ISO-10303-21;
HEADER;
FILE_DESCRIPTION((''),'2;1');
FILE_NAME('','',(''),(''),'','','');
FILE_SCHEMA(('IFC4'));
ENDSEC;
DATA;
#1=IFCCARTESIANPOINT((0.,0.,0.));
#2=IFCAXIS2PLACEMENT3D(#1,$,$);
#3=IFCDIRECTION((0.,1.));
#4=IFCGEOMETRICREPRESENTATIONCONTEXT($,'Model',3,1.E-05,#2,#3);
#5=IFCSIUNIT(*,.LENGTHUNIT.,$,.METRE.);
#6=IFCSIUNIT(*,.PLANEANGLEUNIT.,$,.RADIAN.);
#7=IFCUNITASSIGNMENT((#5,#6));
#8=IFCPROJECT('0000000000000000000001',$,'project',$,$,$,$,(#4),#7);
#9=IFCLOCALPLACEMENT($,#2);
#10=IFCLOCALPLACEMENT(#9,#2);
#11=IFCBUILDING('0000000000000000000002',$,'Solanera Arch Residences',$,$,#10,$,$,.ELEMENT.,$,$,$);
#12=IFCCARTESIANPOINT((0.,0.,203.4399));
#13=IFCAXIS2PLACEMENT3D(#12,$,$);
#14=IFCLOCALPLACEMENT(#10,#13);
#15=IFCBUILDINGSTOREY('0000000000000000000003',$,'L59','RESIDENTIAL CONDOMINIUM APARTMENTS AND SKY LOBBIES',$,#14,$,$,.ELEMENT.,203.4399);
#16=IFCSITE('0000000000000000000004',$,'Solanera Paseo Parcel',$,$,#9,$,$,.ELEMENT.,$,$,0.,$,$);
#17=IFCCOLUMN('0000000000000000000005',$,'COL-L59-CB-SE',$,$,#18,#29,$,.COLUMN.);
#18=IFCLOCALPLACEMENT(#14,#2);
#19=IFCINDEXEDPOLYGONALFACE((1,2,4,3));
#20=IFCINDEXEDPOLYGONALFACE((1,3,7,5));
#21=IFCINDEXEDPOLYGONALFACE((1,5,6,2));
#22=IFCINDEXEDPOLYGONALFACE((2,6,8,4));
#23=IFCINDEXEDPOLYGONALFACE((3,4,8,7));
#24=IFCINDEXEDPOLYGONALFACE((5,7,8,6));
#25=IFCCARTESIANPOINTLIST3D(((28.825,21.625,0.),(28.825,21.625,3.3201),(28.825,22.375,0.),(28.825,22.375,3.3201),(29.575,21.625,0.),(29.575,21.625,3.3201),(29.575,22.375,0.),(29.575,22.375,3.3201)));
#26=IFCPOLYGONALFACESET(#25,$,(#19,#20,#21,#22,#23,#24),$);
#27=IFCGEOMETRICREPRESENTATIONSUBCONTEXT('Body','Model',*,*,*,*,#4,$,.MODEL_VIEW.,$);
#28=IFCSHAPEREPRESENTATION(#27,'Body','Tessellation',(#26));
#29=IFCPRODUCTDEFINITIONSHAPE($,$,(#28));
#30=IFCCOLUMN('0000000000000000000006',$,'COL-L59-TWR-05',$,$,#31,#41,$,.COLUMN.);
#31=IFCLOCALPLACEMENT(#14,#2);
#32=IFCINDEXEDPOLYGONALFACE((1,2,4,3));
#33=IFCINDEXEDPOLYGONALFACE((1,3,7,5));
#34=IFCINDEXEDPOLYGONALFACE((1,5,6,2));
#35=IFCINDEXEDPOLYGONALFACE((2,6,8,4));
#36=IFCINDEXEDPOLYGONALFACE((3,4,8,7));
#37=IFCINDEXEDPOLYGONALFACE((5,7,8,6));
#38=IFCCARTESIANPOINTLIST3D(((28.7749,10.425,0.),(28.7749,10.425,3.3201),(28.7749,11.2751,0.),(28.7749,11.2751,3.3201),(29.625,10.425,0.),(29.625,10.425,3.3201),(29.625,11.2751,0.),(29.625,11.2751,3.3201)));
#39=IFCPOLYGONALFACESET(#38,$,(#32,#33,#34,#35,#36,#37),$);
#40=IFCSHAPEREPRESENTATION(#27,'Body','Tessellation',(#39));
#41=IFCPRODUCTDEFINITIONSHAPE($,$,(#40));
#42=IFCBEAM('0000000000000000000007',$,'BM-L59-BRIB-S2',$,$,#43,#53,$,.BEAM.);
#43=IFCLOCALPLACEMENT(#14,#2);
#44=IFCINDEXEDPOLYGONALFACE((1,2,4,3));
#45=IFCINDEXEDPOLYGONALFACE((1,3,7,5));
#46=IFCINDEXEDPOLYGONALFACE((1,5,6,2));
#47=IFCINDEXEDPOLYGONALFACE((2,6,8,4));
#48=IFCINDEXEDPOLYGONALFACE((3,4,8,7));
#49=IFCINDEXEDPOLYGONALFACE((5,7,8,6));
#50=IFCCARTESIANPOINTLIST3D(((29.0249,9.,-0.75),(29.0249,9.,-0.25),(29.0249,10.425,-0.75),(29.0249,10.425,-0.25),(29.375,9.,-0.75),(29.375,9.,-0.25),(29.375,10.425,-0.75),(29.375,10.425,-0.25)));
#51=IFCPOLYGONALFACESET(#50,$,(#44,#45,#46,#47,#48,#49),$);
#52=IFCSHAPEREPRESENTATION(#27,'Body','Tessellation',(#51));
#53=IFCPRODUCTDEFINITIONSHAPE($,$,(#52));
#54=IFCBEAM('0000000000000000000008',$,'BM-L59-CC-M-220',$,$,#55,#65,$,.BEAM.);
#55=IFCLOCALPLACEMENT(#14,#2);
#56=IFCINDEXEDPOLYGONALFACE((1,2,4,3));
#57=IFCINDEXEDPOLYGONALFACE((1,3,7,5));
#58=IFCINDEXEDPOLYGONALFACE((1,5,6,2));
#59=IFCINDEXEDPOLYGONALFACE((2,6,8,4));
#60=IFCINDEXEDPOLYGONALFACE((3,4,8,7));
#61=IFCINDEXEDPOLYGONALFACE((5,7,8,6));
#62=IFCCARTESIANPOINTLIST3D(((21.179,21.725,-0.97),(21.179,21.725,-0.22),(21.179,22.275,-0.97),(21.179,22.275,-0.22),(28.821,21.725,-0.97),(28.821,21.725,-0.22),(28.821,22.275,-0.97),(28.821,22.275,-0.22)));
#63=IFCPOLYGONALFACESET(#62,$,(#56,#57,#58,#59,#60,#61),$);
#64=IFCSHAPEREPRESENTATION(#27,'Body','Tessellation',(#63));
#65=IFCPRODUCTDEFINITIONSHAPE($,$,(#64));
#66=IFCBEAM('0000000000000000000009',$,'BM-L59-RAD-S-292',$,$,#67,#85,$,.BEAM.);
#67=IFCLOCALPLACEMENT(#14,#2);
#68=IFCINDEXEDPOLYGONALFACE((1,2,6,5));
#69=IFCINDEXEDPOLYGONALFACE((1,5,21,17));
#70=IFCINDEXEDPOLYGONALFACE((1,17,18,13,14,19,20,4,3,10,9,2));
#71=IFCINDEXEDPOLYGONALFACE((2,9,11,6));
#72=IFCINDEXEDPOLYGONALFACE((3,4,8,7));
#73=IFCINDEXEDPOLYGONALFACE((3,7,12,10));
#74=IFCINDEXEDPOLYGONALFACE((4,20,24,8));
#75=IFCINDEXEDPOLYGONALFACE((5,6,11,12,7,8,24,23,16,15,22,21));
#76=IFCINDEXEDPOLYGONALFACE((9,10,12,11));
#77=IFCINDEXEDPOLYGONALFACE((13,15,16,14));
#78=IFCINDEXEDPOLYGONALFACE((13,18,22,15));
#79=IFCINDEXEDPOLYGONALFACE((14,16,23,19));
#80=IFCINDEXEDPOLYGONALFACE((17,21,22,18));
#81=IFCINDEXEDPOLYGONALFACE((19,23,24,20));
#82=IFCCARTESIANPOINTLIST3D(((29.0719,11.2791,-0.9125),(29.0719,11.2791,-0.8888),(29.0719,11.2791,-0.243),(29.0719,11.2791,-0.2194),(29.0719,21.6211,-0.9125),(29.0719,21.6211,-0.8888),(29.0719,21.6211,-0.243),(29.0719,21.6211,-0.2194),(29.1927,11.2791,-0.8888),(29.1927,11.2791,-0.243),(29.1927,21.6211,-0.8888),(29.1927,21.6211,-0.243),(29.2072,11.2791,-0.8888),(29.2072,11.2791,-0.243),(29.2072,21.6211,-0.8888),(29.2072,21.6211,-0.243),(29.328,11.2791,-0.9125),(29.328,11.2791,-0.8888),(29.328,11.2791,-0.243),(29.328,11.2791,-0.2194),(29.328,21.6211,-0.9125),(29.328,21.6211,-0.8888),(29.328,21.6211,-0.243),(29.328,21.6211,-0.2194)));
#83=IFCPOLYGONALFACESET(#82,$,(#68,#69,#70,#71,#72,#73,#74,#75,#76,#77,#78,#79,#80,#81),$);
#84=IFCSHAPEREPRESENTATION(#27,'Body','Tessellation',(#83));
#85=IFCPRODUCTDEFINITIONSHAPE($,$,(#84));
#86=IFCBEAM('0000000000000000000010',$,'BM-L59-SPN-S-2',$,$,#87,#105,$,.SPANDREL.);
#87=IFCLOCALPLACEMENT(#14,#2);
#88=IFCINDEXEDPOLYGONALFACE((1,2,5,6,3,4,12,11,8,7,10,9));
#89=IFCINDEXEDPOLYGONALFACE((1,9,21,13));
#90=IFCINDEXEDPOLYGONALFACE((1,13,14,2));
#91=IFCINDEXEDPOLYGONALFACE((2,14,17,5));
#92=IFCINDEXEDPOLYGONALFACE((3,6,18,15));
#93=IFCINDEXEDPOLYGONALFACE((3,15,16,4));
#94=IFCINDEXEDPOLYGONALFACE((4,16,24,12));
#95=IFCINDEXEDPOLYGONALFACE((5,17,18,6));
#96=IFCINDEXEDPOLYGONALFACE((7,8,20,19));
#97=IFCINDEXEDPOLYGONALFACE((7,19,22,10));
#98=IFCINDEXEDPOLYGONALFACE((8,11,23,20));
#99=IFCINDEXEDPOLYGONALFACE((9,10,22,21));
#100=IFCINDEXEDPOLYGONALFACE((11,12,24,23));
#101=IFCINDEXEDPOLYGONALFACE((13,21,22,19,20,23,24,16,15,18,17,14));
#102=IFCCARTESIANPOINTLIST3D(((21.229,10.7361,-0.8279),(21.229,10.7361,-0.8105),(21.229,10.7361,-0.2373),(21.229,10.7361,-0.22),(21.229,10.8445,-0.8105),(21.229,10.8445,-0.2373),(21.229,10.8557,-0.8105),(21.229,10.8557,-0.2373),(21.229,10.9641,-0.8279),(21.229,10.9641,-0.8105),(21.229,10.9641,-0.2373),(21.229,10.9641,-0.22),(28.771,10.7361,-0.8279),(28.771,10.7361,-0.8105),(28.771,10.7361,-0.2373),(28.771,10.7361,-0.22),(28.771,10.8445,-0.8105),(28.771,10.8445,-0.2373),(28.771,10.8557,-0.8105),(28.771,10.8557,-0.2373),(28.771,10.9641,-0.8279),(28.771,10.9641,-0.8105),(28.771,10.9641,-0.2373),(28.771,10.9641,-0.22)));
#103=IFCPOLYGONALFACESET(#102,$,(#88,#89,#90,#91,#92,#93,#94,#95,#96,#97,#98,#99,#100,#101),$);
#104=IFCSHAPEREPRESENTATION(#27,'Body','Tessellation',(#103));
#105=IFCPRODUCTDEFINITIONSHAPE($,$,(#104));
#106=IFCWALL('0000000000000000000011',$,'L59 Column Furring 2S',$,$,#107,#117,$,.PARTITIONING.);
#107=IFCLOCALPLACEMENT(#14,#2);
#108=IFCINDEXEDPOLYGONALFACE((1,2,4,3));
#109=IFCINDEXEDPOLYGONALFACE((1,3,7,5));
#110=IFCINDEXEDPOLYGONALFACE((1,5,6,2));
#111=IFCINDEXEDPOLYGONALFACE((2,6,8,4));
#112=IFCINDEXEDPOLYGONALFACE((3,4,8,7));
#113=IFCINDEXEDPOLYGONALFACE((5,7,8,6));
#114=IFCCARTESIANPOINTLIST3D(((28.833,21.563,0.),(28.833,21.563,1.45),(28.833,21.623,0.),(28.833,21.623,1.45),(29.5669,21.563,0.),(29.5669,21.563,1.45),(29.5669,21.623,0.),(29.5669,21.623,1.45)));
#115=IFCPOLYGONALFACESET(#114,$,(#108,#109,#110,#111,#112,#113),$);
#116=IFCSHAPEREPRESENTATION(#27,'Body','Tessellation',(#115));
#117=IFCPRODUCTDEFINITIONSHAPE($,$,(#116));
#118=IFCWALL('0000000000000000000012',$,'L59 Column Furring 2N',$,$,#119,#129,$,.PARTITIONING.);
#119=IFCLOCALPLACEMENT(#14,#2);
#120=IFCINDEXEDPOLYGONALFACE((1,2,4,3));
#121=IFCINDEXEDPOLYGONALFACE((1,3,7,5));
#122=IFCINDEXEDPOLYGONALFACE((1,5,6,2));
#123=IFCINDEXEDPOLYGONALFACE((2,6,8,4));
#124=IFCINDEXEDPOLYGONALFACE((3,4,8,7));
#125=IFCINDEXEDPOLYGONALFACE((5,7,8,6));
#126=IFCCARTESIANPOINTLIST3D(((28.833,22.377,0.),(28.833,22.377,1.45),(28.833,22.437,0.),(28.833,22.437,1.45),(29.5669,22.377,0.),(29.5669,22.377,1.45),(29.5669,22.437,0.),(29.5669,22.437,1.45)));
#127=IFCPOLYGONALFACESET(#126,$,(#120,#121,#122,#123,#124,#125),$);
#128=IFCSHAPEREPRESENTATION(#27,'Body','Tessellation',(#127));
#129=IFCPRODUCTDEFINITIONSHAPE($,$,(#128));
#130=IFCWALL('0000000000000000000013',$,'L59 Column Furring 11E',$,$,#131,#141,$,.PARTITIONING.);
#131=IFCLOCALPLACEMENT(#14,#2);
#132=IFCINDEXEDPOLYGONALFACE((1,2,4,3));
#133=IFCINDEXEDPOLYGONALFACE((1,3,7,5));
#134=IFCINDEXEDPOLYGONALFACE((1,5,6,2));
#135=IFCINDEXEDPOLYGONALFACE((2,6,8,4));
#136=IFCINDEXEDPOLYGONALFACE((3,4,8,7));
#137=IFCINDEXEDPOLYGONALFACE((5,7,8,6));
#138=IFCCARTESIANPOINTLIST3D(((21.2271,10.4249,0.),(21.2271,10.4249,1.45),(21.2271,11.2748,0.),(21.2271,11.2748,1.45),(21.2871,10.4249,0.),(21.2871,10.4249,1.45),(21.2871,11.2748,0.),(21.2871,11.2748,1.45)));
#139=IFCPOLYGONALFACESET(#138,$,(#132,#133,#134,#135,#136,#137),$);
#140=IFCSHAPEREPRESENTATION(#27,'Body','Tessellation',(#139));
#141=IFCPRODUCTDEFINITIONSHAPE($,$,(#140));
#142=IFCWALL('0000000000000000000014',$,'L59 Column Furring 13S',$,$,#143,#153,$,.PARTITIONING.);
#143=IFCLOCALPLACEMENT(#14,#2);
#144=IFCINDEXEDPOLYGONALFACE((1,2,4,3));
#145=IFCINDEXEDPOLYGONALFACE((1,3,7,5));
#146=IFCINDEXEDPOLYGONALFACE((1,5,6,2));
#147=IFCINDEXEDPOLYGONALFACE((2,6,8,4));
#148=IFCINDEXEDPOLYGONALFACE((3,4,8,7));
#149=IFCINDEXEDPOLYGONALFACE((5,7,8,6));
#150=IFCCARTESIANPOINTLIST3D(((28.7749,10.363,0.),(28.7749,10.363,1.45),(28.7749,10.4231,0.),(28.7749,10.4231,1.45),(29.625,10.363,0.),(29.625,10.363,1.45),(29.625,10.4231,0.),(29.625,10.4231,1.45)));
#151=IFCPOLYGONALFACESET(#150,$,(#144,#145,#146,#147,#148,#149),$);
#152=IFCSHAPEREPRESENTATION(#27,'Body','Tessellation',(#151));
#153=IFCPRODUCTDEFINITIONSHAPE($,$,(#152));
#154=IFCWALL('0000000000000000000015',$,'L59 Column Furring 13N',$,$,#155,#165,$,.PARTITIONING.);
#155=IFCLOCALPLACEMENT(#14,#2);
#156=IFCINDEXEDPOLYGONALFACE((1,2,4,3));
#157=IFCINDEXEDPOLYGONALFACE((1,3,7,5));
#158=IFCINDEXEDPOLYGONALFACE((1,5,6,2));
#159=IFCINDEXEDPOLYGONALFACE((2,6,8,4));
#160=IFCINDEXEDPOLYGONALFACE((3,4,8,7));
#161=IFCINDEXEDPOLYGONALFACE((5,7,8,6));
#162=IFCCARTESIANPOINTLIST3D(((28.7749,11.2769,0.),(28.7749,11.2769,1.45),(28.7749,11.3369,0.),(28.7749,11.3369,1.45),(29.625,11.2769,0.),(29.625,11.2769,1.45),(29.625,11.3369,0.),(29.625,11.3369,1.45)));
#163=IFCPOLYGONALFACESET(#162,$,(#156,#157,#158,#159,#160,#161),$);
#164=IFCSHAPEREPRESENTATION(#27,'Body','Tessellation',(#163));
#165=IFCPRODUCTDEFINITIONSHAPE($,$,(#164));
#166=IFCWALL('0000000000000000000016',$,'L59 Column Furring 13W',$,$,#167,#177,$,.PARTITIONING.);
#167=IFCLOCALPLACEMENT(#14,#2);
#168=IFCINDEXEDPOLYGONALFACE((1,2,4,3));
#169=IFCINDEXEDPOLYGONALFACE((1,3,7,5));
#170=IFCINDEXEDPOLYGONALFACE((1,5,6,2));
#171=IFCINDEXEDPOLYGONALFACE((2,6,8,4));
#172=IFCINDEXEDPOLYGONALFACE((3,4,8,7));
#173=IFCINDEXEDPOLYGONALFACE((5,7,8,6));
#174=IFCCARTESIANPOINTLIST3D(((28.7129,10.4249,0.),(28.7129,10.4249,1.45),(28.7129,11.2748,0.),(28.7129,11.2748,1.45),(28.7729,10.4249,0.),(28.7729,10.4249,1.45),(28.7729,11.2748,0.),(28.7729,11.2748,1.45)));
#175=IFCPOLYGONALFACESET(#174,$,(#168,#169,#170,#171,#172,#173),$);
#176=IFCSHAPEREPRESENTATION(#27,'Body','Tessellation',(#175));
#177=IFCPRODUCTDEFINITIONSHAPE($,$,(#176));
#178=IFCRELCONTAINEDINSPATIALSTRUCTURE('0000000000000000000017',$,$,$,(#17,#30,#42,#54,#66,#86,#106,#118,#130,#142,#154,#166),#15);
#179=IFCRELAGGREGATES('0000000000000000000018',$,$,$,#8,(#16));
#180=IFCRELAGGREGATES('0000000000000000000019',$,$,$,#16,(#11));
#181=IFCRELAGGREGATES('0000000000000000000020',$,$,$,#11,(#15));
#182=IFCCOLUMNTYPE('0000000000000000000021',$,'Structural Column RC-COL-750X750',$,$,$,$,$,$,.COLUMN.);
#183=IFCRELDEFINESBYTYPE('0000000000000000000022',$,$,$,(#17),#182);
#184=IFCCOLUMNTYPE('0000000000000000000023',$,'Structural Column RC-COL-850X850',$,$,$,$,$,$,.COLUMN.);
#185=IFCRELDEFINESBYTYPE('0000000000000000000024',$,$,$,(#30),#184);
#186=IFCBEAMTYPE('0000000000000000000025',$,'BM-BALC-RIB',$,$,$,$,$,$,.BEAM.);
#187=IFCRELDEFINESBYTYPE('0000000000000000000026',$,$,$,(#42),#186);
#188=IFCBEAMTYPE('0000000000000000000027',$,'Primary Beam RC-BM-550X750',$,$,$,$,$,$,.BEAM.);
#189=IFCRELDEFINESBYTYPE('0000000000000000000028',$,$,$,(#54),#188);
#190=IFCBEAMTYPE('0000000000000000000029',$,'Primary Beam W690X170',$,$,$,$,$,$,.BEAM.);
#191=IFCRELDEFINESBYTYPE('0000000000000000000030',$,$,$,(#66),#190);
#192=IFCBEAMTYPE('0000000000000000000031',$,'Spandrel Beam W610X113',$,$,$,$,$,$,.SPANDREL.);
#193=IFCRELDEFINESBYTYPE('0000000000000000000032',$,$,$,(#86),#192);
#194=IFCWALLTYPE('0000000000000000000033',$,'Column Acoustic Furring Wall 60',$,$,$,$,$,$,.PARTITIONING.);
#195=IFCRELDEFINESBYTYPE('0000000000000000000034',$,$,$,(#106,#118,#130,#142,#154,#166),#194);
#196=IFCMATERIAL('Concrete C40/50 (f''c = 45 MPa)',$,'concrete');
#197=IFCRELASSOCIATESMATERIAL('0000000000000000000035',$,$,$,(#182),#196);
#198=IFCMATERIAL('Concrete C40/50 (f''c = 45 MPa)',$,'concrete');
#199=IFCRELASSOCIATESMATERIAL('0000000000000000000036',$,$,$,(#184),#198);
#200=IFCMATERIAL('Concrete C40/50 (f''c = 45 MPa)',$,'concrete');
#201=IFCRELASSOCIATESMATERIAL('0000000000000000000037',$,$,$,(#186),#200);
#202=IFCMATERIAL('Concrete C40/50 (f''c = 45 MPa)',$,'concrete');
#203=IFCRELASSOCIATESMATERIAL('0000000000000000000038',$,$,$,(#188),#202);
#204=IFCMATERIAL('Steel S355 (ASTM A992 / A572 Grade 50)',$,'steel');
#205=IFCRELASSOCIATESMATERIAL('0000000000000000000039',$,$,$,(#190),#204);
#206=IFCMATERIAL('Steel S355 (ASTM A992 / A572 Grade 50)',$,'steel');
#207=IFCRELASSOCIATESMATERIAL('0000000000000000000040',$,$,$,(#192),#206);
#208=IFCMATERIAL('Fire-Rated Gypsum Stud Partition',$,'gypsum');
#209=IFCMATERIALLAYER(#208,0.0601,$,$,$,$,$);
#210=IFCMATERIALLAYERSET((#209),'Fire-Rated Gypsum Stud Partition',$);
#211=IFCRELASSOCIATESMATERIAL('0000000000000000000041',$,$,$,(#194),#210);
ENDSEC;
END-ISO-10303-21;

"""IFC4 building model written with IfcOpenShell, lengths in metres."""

from ifc_helpers import new_model, si_unit, direction, frame, frame_2d, origin, origin_2d, place, context, subcontext, project, spatial, rectangle, i_section, extrude, material, layer, layer_set, material_profile, profile_set, type_object, element, save


model = new_model("IFC4")

# Units and contexts
model_context = context("Model", 3, precision=1e-05, world=origin(), true_north=direction((0.0, 1.0)))
body_context = subcontext(model_context, "Body", "Model", "MODEL_VIEW")
ifc_project = project(units=[si_unit("LENGTHUNIT", "METRE"), si_unit("PLANEANGLEUNIT", "RADIAN")], contexts=[model_context])

# Site, building, storey
site_placement = place(None, origin())
site = spatial("IfcSite", under=ifc_project, at=site_placement, Name="Solanera Paseo Parcel", CompositionType="ELEMENT", RefElevation=0.0)
building_placement = place(site_placement, origin())
building = spatial("IfcBuilding", under=site, at=building_placement, Name="Solanera Arch Residences", CompositionType="ELEMENT")
storey_placement = place(building_placement, frame((0.0, 0.0, 203.4399)))
storey = spatial("IfcBuildingStorey", under=building, at=storey_placement, Name="L59", Description="RESIDENTIAL CONDOMINIUM APARTMENTS AND SKY LOBBIES", CompositionType="ELEMENT", Elevation=203.4399)

# Columns
ifc_material_1 = material(Name="Concrete C40/50 (f'c = 45 MPa)", Category="concrete")
ifc_material_profile_1 = material_profile(ifc_material_1, rectangle(XDim=0.75, YDim=0.75, at=origin_2d()))
ifc_profile_set_1 = profile_set([ifc_material_profile_1], Name="Concrete C40/50 (f'c = 45 MPa)")
column_type_1 = type_object("IfcColumnType", Name="Structural Column RC-COL-750X750", PredefinedType="COLUMN", material=ifc_profile_set_1)
column_1_placement = place(storey_placement, frame((29.2, 22.0, 0.0), z_axis=(0.0, 0.0, 1.0), x_axis=(1.0, 0.0, 0.0)))
element("IfcColumn", 1, at=column_1_placement, inside=storey, type_object=column_type_1, Name="COL-L59-CB-SE", PredefinedType="COLUMN", context=body_context, shape_type="SweptSolid", body=[
    extrude(rectangle(XDim=0.75, YDim=0.75, at=origin_2d()), origin(), (0.0, 0.0, 1.0), 3.3201),
])
ifc_material_2 = material(Name="Concrete C40/50 (f'c = 45 MPa)", Category="concrete")
ifc_material_profile_2 = material_profile(ifc_material_2, rectangle(XDim=0.8501, YDim=0.8501, at=origin_2d()))
ifc_profile_set_2 = profile_set([ifc_material_profile_2], Name="Concrete C40/50 (f'c = 45 MPa)")
column_type_2 = type_object("IfcColumnType", Name="Structural Column RC-COL-850X850", PredefinedType="COLUMN", material=ifc_profile_set_2)
column_2_placement = place(storey_placement, frame((29.2, 10.8501, 0.0), z_axis=(0.0, 0.0, 1.0), x_axis=(1.0, 0.0, 0.0)))
element("IfcColumn", 2, at=column_2_placement, inside=storey, type_object=column_type_2, Name="COL-L59-TWR-05", PredefinedType="COLUMN", context=body_context, shape_type="SweptSolid", body=[
    extrude(rectangle(XDim=0.8501, YDim=0.8501, at=origin_2d()), origin(), (0.0, 0.0, 1.0), 3.3201),
])

# Beams
ifc_material_3 = material(Name="Concrete C40/50 (f'c = 45 MPa)", Category="concrete")
ifc_material_profile_3 = material_profile(ifc_material_3, rectangle(XDim=0.3501, YDim=0.5, at=origin_2d()))
ifc_profile_set_3 = profile_set([ifc_material_profile_3], Name="Concrete C40/50 (f'c = 45 MPa)")
beam_type_1 = type_object("IfcBeamType", Name="BM-BALC-RIB", PredefinedType="BEAM", material=ifc_profile_set_3)
beam_1_placement = place(storey_placement, frame((29.2, 9.0, -0.5), z_axis=(0.0, 1.0, 0.0), x_axis=(-1.0, 0.0, 0.0)))
element("IfcBeam", 3, at=beam_1_placement, inside=storey, type_object=beam_type_1, Name="BM-L59-BRIB-S2", PredefinedType="BEAM", context=body_context, shape_type="SweptSolid", body=[
    extrude(rectangle(XDim=0.3501, YDim=0.5, at=origin_2d()), origin(), (0.0, 0.0, 1.0), 1.425),
])
ifc_material_4 = material(Name="Concrete C40/50 (f'c = 45 MPa)", Category="concrete")
ifc_material_profile_4 = material_profile(ifc_material_4, rectangle(XDim=0.55, YDim=0.75, at=origin_2d()))
ifc_profile_set_4 = profile_set([ifc_material_profile_4], Name="Concrete C40/50 (f'c = 45 MPa)")
beam_type_2 = type_object("IfcBeamType", Name="Primary Beam RC-BM-550X750", PredefinedType="BEAM", material=ifc_profile_set_4)
beam_2_placement = place(storey_placement, frame((21.179, 22.0, -0.595), z_axis=(1.0, 0.0, 0.0), x_axis=(0.0, 1.0, 0.0)))
element("IfcBeam", 4, at=beam_2_placement, inside=storey, type_object=beam_type_2, Name="BM-L59-CC-M-220", PredefinedType="BEAM", context=body_context, shape_type="SweptSolid", body=[
    extrude(rectangle(XDim=0.55, YDim=0.75, at=origin_2d()), origin(), (0.0, 0.0, 1.0), 7.6421),
])
ifc_material_5 = material(Name="Steel S355 (ASTM A992 / A572 Grade 50)", Category="steel")
ifc_material_profile_5 = material_profile(ifc_material_5, i_section(OverallWidth=0.2561, OverallDepth=0.6931, WebThickness=0.0144, FlangeThickness=0.0237, at=origin_2d()))
ifc_profile_set_5 = profile_set([ifc_material_profile_5], Name="Steel S355 (ASTM A992 / A572 Grade 50)")
beam_type_3 = type_object("IfcBeamType", Name="Primary Beam W690X170", PredefinedType="BEAM", material=ifc_profile_set_5)
beam_3_placement = place(storey_placement, frame((29.2, 11.2791, -0.5659), z_axis=(0.0, 1.0, 0.0), x_axis=(-1.0, 0.0, 0.0)))
element("IfcBeam", 5, at=beam_3_placement, inside=storey, type_object=beam_type_3, Name="BM-L59-RAD-S-292", PredefinedType="BEAM", context=body_context, shape_type="SweptSolid", body=[
    extrude(i_section(OverallWidth=0.2561, OverallDepth=0.6931, WebThickness=0.0144, FlangeThickness=0.0237, at=origin_2d()), origin(), (0.0, 0.0, 1.0), 10.342),
])
ifc_material_6 = material(Name="Steel S355 (ASTM A992 / A572 Grade 50)", Category="steel")
ifc_material_profile_6 = material_profile(ifc_material_6, i_section(OverallWidth=0.228, OverallDepth=0.6079, WebThickness=0.0112, FlangeThickness=0.0173, at=origin_2d()))
ifc_profile_set_6 = profile_set([ifc_material_profile_6], Name="Steel S355 (ASTM A992 / A572 Grade 50)")
beam_type_4 = type_object("IfcBeamType", Name="Spandrel Beam W610X113", PredefinedType="SPANDREL", material=ifc_profile_set_6)
beam_4_placement = place(storey_placement, frame((21.229, 10.8501, -0.5239), z_axis=(1.0, 0.0, 0.0), x_axis=(0.0, 1.0, 0.0)))
element("IfcBeam", 6, at=beam_4_placement, inside=storey, type_object=beam_type_4, Name="BM-L59-SPN-S-2", PredefinedType="SPANDREL", context=body_context, shape_type="SweptSolid", body=[
    extrude(i_section(OverallWidth=0.228, OverallDepth=0.6079, WebThickness=0.0112, FlangeThickness=0.0173, at=origin_2d()), origin(), (0.0, 0.0, 1.0), 7.542),
])

# Walls
ifc_material_7 = material(Name="Fire-Rated Gypsum Stud Partition", Category="gypsum")
ifc_layer_1 = layer(ifc_material_7, 0.0601)
ifc_layer_set_1 = layer_set([ifc_layer_1], Name="Fire-Rated Gypsum Stud Partition")
wall_type_1 = type_object("IfcWallType", Name="Column Acoustic Furring Wall 60", PredefinedType="PARTITIONING", material=ifc_layer_set_1)
for number, where, z_axis, x_axis, name in (
    (7, (28.833, 21.593, 0.0), (0.0, 0.0, 1.0), (1.0, 0.0, 0.0), "L59 Column Furring 2S"),
    (8, (28.833, 22.407, 0.0), (0.0, 0.0, 1.0), (1.0, 0.0, 0.0), "L59 Column Furring 2N"),
):
    element("IfcWall", number, at=place(storey_placement, frame(where, z_axis=z_axis, x_axis=x_axis)), inside=storey, type_object=wall_type_1, Name=name, PredefinedType="PARTITIONING", context=body_context, shape_type="SweptSolid", body=[
        extrude(rectangle(XDim=0.7339, YDim=0.0601, at=frame_2d((0.3669, 0.0))), origin(), (0.0, 0.0, 1.0), 1.45),
    ])
wall_1_placement = place(storey_placement, frame((21.2571, 10.425, 0.0), z_axis=(0.0, 0.0, 1.0), x_axis=(0.0, 1.0, 0.0)))
element("IfcWall", 9, at=wall_1_placement, inside=storey, type_object=wall_type_1, Name="L59 Column Furring 11E", PredefinedType="PARTITIONING", context=body_context, shape_type="SweptSolid", body=[
    extrude(rectangle(XDim=0.8499, YDim=0.0601, at=frame_2d((0.4248, 0.0))), origin(), (0.0, 0.0, 1.0), 1.45),
])
for number, where, z_axis, x_axis, name in (
    (10, (28.7749, 10.3931, 0.0), (0.0, 0.0, 1.0), (1.0, 0.0, 0.0), "L59 Column Furring 13S"),
    (11, (28.7749, 11.3069, 0.0), (0.0, 0.0, 1.0), (1.0, 0.0, 0.0), "L59 Column Furring 13N"),
):
    element("IfcWall", number, at=place(storey_placement, frame(where, z_axis=z_axis, x_axis=x_axis)), inside=storey, type_object=wall_type_1, Name=name, PredefinedType="PARTITIONING", context=body_context, shape_type="SweptSolid", body=[
        extrude(rectangle(XDim=0.8501, YDim=0.0601, at=frame_2d((0.425, 0.0))), origin(), (0.0, 0.0, 1.0), 1.45),
    ])
wall_2_placement = place(storey_placement, frame((28.7429, 10.425, 0.0), z_axis=(0.0, 0.0, 1.0), x_axis=(0.0, 1.0, 0.0)))
element("IfcWall", 12, at=wall_2_placement, inside=storey, type_object=wall_type_1, Name="L59 Column Furring 13W", PredefinedType="PARTITIONING", context=body_context, shape_type="SweptSolid", body=[
    extrude(rectangle(XDim=0.8499, YDim=0.0601, at=frame_2d((0.4248, 0.0))), origin(), (0.0, 0.0, 1.0), 1.45),
])

save(model, "model.ifc")
